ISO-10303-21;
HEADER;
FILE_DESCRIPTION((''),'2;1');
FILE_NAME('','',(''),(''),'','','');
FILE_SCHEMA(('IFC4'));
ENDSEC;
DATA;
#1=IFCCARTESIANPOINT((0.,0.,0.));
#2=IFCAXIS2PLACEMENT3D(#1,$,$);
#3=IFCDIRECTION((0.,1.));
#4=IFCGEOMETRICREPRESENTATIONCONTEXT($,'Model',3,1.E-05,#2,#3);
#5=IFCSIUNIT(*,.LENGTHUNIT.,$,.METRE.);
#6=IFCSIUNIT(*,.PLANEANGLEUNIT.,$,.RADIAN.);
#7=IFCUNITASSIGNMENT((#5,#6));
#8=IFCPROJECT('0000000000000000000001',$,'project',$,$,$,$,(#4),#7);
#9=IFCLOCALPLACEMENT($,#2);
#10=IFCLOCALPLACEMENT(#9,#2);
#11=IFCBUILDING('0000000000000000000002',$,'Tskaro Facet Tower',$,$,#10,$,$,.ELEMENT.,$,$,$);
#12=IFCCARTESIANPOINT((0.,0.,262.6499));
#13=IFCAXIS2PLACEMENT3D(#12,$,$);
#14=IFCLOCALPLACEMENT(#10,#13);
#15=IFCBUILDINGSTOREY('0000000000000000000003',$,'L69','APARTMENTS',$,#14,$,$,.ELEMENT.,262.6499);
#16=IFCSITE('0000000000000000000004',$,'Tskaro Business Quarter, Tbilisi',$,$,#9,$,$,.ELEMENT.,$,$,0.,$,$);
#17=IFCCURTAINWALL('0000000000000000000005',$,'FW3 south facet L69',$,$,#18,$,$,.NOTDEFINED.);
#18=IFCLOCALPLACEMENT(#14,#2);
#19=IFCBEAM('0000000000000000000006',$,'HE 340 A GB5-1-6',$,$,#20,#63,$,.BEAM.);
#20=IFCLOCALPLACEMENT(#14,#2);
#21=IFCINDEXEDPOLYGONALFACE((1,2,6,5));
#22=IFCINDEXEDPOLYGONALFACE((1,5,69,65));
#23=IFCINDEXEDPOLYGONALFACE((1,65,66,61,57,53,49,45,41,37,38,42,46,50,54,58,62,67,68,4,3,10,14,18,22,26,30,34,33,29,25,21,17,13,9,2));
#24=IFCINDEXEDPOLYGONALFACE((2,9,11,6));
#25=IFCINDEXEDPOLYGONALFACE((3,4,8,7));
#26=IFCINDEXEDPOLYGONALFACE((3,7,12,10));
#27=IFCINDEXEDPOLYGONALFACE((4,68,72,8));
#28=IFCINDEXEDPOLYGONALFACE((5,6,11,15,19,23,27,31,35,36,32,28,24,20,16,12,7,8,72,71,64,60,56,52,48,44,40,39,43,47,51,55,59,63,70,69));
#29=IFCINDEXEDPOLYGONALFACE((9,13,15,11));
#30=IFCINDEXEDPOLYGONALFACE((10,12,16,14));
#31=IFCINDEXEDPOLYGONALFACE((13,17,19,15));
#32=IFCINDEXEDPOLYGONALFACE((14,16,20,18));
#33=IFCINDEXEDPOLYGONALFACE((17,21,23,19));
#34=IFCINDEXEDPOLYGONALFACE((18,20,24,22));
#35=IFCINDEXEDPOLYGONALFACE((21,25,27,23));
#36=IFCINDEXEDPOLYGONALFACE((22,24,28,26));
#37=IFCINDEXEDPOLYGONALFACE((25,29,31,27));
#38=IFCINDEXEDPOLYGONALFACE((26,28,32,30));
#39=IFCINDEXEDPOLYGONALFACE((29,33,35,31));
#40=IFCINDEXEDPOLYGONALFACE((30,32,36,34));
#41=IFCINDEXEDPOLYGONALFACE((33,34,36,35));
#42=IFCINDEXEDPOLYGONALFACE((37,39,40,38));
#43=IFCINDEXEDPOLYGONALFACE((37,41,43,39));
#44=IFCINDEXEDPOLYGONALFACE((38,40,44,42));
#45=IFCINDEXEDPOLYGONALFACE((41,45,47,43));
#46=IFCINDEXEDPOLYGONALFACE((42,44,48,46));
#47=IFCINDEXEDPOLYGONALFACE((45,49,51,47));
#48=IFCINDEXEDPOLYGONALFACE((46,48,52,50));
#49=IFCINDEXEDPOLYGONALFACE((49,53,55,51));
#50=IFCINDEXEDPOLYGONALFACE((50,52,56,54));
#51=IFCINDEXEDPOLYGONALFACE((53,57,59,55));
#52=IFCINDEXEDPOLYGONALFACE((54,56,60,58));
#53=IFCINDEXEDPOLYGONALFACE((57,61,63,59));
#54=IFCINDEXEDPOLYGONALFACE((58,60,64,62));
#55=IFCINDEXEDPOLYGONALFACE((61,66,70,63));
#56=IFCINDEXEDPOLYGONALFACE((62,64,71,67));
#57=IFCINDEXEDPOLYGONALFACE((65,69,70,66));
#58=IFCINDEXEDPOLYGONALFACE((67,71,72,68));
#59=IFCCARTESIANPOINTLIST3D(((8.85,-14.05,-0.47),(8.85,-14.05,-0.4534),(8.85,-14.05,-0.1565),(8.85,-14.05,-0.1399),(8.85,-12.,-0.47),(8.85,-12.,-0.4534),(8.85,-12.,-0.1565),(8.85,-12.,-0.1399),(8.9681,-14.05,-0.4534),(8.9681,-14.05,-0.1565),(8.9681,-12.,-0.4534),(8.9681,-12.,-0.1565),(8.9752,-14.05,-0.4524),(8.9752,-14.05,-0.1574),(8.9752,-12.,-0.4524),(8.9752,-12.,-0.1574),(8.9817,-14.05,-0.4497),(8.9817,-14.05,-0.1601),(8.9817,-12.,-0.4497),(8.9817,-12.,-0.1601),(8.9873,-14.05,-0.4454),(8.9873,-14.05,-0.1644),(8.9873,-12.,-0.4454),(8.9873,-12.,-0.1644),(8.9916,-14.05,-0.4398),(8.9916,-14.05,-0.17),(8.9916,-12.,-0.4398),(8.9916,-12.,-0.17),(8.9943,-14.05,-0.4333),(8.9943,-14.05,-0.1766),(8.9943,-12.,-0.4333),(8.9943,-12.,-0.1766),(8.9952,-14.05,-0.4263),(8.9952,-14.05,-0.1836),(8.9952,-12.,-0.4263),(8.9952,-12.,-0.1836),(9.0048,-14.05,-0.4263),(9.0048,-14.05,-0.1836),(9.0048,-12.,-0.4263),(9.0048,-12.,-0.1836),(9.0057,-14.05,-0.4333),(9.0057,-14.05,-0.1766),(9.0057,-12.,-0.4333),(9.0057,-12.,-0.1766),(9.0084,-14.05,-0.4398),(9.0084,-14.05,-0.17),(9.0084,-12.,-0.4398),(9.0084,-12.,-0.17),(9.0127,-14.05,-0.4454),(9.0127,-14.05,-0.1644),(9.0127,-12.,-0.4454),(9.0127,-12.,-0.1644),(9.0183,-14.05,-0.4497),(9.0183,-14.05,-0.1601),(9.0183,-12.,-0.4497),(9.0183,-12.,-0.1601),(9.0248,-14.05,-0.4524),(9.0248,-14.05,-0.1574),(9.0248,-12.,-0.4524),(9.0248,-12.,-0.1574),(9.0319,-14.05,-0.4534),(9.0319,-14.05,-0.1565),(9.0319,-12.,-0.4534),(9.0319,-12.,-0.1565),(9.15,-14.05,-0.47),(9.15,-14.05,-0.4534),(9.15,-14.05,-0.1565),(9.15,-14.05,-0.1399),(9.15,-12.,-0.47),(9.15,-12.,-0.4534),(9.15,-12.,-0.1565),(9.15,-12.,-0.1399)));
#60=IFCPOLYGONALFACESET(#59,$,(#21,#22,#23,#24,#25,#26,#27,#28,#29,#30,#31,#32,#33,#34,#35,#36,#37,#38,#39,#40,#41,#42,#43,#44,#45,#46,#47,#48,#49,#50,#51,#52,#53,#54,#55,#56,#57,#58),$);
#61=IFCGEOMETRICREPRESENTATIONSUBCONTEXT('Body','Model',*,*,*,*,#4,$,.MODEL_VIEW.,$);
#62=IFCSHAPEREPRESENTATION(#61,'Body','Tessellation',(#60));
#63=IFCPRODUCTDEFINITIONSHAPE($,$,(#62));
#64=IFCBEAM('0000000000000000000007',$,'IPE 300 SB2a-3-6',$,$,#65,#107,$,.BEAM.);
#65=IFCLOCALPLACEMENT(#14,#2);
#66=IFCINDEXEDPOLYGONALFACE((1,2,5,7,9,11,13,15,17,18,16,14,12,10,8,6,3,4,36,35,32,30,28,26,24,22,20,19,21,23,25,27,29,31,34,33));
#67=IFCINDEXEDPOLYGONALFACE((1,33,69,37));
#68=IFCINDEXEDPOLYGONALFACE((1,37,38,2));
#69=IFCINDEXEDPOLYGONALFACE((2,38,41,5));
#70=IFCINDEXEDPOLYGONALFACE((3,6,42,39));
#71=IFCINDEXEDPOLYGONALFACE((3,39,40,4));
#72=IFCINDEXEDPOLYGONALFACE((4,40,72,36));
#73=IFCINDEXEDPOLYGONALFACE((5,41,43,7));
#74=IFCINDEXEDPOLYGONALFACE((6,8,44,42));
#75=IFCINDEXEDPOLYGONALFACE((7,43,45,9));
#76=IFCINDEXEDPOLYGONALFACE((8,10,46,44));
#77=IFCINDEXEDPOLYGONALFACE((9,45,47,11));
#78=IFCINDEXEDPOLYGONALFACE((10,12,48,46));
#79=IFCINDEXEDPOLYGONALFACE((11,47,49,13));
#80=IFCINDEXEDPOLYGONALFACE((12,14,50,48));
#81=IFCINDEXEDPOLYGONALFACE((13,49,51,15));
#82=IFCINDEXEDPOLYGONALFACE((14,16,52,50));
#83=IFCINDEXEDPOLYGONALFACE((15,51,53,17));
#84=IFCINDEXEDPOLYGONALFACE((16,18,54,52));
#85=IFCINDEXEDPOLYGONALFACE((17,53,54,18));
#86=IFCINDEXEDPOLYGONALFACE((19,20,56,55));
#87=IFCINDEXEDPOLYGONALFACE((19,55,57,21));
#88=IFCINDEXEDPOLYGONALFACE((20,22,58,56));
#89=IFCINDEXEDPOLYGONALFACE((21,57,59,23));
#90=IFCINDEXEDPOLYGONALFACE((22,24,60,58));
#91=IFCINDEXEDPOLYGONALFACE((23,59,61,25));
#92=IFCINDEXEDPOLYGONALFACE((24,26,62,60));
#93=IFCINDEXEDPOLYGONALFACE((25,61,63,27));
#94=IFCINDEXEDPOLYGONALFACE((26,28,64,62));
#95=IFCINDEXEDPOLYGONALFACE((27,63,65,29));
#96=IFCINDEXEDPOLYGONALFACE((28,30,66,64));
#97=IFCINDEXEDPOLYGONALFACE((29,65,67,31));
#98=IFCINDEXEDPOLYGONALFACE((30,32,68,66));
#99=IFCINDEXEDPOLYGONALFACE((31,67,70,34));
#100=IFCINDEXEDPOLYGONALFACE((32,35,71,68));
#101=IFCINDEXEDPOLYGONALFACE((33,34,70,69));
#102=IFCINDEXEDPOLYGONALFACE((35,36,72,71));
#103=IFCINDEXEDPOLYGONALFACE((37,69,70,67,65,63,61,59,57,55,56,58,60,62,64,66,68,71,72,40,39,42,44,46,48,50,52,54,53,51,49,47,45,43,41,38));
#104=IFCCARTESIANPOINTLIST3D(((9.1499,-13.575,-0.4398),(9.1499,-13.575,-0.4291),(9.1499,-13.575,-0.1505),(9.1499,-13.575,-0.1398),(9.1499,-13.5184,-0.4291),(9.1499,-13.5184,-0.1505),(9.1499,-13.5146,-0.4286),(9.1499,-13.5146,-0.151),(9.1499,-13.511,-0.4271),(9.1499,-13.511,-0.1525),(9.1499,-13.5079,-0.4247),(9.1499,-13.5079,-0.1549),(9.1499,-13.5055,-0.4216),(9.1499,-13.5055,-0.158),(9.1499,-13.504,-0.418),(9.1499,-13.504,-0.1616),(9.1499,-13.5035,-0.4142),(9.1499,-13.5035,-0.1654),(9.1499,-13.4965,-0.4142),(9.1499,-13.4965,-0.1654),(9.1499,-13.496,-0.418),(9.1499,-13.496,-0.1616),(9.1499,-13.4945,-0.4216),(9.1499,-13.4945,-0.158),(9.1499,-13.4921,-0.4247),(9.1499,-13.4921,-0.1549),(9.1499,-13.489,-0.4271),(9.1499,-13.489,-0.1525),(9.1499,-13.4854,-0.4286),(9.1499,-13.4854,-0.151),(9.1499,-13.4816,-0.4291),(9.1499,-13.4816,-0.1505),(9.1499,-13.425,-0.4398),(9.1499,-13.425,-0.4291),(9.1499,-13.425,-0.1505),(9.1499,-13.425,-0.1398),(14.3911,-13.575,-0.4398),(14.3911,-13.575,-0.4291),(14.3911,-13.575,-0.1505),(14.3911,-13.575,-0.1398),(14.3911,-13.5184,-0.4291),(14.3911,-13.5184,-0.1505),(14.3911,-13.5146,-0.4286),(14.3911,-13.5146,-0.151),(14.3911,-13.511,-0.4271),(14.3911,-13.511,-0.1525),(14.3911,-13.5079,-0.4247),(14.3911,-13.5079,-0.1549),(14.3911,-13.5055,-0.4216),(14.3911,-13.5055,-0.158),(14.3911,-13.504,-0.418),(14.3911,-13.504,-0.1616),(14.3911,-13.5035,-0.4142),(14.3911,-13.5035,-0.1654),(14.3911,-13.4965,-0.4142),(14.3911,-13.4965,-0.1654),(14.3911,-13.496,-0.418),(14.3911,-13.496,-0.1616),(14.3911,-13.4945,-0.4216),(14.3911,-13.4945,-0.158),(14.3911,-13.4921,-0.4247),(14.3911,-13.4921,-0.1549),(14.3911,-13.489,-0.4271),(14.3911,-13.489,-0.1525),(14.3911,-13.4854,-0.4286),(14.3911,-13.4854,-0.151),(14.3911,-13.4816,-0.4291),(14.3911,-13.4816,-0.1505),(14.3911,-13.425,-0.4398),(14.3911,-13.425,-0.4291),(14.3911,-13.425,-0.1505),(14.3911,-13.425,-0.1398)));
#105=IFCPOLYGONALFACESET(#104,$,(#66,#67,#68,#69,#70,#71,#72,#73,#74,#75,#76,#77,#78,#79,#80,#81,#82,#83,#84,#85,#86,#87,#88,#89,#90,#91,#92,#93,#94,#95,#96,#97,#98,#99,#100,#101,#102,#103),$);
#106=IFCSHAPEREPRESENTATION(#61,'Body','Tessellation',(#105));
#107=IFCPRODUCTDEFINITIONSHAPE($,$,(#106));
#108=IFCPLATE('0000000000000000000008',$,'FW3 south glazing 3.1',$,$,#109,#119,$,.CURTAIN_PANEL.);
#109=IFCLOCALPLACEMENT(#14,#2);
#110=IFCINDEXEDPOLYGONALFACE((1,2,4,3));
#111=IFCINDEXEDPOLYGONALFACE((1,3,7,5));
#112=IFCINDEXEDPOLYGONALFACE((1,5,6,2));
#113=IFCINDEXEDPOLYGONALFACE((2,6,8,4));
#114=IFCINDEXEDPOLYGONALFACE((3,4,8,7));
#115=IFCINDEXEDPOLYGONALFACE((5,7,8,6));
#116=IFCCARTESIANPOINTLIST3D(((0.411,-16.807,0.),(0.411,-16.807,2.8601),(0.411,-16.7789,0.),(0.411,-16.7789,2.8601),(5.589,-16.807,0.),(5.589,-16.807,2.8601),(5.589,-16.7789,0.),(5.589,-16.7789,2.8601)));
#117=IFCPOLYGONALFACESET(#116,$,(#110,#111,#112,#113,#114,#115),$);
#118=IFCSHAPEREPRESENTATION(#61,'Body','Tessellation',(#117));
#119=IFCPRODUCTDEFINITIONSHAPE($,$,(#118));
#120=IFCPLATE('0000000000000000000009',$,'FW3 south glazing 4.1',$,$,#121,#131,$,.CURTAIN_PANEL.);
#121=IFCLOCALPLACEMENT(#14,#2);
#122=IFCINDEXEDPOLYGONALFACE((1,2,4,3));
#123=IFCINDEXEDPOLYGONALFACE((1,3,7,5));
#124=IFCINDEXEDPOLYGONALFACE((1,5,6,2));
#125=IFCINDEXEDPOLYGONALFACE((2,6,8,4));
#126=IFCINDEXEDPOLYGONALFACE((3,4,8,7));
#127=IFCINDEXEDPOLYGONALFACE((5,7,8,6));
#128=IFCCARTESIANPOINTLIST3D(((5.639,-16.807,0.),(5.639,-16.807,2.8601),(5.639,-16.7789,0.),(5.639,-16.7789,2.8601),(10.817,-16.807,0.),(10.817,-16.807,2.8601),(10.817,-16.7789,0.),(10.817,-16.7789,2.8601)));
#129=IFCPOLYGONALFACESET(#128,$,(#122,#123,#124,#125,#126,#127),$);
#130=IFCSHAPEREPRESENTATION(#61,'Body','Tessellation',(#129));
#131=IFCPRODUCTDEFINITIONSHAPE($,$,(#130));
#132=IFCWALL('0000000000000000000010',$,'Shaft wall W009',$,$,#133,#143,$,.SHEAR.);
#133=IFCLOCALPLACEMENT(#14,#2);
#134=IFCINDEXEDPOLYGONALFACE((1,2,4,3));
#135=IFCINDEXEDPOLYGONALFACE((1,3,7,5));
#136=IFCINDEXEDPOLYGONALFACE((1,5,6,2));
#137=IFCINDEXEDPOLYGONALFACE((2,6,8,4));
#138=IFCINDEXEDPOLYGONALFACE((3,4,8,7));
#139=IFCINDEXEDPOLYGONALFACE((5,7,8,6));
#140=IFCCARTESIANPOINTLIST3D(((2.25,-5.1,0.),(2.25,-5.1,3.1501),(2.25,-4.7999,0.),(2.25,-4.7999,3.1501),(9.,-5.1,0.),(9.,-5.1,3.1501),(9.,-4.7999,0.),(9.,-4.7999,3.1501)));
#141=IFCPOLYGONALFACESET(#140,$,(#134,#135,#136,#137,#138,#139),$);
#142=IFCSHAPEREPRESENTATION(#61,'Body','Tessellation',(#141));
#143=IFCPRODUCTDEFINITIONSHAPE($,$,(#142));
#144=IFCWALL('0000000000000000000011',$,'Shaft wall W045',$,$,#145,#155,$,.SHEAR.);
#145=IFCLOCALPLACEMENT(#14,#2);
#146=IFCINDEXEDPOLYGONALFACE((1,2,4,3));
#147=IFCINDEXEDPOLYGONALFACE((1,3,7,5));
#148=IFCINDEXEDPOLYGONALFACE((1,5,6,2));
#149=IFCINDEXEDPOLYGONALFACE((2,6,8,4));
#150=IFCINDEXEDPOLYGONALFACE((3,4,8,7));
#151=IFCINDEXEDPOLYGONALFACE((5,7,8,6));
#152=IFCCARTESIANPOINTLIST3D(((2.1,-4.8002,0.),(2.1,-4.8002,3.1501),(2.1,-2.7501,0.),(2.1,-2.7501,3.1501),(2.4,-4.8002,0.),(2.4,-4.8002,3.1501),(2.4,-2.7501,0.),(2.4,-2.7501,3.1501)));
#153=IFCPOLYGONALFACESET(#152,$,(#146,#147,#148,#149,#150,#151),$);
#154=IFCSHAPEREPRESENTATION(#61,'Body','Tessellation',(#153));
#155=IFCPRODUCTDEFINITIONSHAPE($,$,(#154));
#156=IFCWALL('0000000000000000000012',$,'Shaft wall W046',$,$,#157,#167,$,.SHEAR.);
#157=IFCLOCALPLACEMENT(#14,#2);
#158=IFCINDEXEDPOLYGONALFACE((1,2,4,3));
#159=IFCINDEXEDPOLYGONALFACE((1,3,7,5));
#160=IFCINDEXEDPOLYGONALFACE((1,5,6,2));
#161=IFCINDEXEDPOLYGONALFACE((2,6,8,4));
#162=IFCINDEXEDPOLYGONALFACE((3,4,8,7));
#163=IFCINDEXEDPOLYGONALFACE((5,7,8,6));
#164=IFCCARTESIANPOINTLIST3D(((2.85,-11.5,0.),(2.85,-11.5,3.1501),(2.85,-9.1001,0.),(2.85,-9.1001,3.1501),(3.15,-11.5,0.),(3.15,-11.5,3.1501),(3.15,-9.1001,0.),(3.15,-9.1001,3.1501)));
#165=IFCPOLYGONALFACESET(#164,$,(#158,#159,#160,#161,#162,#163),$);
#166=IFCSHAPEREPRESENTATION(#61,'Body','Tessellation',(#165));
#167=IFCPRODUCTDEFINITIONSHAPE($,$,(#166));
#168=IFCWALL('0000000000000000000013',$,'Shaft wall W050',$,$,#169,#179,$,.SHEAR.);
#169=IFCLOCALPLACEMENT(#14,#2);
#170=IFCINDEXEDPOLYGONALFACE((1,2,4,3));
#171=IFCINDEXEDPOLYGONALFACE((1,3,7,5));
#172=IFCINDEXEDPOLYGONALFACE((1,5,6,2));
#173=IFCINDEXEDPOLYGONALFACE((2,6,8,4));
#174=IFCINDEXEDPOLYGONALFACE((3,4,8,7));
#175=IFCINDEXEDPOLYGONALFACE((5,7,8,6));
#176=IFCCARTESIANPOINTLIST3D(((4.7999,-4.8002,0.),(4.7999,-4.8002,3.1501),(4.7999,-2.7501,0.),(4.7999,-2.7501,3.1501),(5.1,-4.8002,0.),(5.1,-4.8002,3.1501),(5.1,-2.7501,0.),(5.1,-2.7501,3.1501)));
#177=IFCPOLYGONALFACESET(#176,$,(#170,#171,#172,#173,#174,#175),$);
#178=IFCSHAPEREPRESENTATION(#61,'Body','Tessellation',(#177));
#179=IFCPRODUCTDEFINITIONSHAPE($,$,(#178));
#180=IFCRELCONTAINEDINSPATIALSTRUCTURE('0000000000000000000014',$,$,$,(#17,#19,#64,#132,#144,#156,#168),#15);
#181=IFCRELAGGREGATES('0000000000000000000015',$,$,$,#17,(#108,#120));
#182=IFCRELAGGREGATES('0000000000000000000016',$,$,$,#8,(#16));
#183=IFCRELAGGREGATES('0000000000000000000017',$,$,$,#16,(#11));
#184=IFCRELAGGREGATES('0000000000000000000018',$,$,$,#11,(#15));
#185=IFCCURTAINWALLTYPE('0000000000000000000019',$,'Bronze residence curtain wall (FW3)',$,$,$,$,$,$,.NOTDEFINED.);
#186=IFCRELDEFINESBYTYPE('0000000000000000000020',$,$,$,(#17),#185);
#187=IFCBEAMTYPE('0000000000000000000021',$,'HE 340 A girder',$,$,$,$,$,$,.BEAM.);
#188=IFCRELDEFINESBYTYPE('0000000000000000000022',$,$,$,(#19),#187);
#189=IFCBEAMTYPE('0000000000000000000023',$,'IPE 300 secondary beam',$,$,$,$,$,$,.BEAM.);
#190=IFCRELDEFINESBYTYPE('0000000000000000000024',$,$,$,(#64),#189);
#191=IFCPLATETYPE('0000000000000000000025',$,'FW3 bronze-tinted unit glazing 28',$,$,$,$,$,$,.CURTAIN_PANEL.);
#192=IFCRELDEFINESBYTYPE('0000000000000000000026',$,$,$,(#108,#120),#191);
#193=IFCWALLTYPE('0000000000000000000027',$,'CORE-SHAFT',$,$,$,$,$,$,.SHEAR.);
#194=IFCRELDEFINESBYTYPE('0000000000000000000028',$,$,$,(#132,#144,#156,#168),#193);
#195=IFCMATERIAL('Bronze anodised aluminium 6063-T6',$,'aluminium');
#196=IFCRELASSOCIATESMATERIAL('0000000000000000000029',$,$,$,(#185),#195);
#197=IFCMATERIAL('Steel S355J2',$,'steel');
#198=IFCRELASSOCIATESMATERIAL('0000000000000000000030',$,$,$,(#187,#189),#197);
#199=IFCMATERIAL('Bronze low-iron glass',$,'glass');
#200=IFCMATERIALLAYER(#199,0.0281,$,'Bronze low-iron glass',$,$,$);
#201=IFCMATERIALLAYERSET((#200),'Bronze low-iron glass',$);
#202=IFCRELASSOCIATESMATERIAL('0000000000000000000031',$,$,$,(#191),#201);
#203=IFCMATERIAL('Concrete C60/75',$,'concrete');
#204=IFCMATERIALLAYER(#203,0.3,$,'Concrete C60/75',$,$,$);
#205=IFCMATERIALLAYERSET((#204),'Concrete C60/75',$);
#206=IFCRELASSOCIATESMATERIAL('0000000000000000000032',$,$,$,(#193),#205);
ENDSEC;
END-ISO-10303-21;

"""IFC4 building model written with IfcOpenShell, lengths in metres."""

from ifc_helpers import new_model, si_unit, direction, frame, frame_2d, origin, origin_2d, place, context, subcontext, project, spatial, rectangle, i_section, extrude, material, layer, layer_set, material_profile, profile_set, type_object, element, aggregate, save


model = new_model("IFC4")

# Units and contexts
model_context = context("Model", 3, precision=1e-05, world=origin(), true_north=direction((0.0, 1.0)))
body_context = subcontext(model_context, "Body", "Model", "MODEL_VIEW")
ifc_project = project(units=[si_unit("LENGTHUNIT", "METRE"), si_unit("PLANEANGLEUNIT", "RADIAN")], contexts=[model_context])

# Site, building, storey
site_placement = place(None, origin())
site = spatial("IfcSite", under=ifc_project, at=site_placement, Name="Tskaro Business Quarter, Tbilisi", CompositionType="ELEMENT", RefElevation=0.0)
building_placement = place(site_placement, origin())
building = spatial("IfcBuilding", under=site, at=building_placement, Name="Tskaro Facet Tower", CompositionType="ELEMENT")
storey_placement = place(building_placement, frame((0.0, 0.0, 262.6499)))
storey = spatial("IfcBuildingStorey", under=building, at=storey_placement, Name="L69", Description="APARTMENTS", CompositionType="ELEMENT", Elevation=262.6499)

# Shared definitions
ifc_material_1 = material(Name="Steel S355J2", Category="steel")

# Curtain wall
ifc_material_2 = material(Name="Bronze anodised aluminium 6063-T6", Category="aluminium")
curtain_wall_type = type_object("IfcCurtainWallType", Name="Bronze residence curtain wall (FW3)", PredefinedType="NOTDEFINED", material=ifc_material_2)
curtain_wall_placement = place(storey_placement, origin())
curtain_wall = element("IfcCurtainWall", 1, at=curtain_wall_placement, inside=storey, type_object=curtain_wall_type, Name="FW3 south facet L69", PredefinedType="NOTDEFINED")

# Beams
ifc_material_profile_1 = material_profile(ifc_material_1, i_section(OverallWidth=0.3, OverallDepth=0.3301, WebThickness=0.0095, FlangeThickness=0.0166, FilletRadius=0.0271, at=origin_2d()), Name="HE 340 A")
ifc_profile_set_1 = profile_set([ifc_material_profile_1], Name="Steel S355J2")
beam_type_1 = type_object("IfcBeamType", Name="HE 340 A girder", PredefinedType="BEAM", material=ifc_profile_set_1)
beam_1_placement = place(storey_placement, frame((9.0, -14.05, -0.3049), z_axis=(0.0, 1.0, 0.0), x_axis=(-1.0, 0.0, 0.0)))
element("IfcBeam", 2, at=beam_1_placement, inside=storey, type_object=beam_type_1, Name="HE 340 A GB5-1-6", PredefinedType="BEAM", context=body_context, shape_type="SweptSolid", body=[
    extrude(i_section(OverallWidth=0.3, OverallDepth=0.3301, WebThickness=0.0095, FlangeThickness=0.0166, FilletRadius=0.0271, at=origin_2d()), origin(), (0.0, 0.0, 1.0), 2.05),
])
ifc_material_profile_2 = material_profile(ifc_material_1, i_section(OverallWidth=0.1499, OverallDepth=0.3, WebThickness=0.0071, FlangeThickness=0.0107, FilletRadius=0.0149, at=origin_2d()), Name="IPE 300")
ifc_profile_set_2 = profile_set([ifc_material_profile_2], Name="Steel S355J2")
beam_type_2 = type_object("IfcBeamType", Name="IPE 300 secondary beam", PredefinedType="BEAM", material=ifc_profile_set_2)
beam_2_placement = place(storey_placement, frame((9.1499, -13.5, -0.2898), z_axis=(1.0, 0.0, 0.0), x_axis=(0.0, 1.0, 0.0)))
element("IfcBeam", 3, at=beam_2_placement, inside=storey, type_object=beam_type_2, Name="IPE 300 SB2a-3-6", PredefinedType="BEAM", context=body_context, shape_type="SweptSolid", body=[
    extrude(i_section(OverallWidth=0.1499, OverallDepth=0.3, WebThickness=0.0071, FlangeThickness=0.0107, FilletRadius=0.0149, at=origin_2d()), origin(), (0.0, 0.0, 1.0), 5.2412),
])

# Plates
ifc_material_3 = material(Name="Bronze low-iron glass", Category="glass")
ifc_layer_1 = layer(ifc_material_3, 0.0281, Name="Bronze low-iron glass")
ifc_layer_set_1 = layer_set([ifc_layer_1], Name="Bronze low-iron glass")
plate_type = type_object("IfcPlateType", Name="FW3 bronze-tinted unit glazing 28", PredefinedType="CURTAIN_PANEL", material=ifc_layer_set_1)
plate_1_placement = place(storey_placement, frame((3.0, -16.793, 0.0), z_axis=(0.0, 0.0, 1.0), x_axis=(1.0, 0.0, 0.0)))
plate_1 = element("IfcPlate", 4, at=plate_1_placement, type_object=plate_type, Name="FW3 south glazing 3.1", PredefinedType="CURTAIN_PANEL", context=body_context, shape_type="SweptSolid", body=[
    extrude(rectangle(XDim=5.178, YDim=0.0281, at=origin_2d()), origin(), (0.0, 0.0, 1.0), 2.8601),
])
plate_2_placement = place(storey_placement, frame((8.228, -16.793, 0.0), z_axis=(0.0, 0.0, 1.0), x_axis=(1.0, 0.0, 0.0)))
plate_2 = element("IfcPlate", 5, at=plate_2_placement, type_object=plate_type, Name="FW3 south glazing 4.1", PredefinedType="CURTAIN_PANEL", context=body_context, shape_type="SweptSolid", body=[
    extrude(rectangle(XDim=5.178, YDim=0.0281, at=origin_2d()), origin(), (0.0, 0.0, 1.0), 2.8601),
])
aggregate(curtain_wall, [plate_1, plate_2])

# Walls
ifc_material_4 = material(Name="Concrete C60/75", Category="concrete")
ifc_layer_2 = layer(ifc_material_4, 0.3, Name="Concrete C60/75")
ifc_layer_set_2 = layer_set([ifc_layer_2], Name="Concrete C60/75")
wall_type_1 = type_object("IfcWallType", Name="CORE-SHAFT", PredefinedType="SHEAR", material=ifc_layer_set_2)
wall_1_placement = place(storey_placement, frame((2.25, -4.95, 0.0), z_axis=(0.0, 0.0, 1.0), x_axis=(1.0, 0.0, 0.0)))
element("IfcWall", 6, at=wall_1_placement, inside=storey, type_object=wall_type_1, Name="Shaft wall W009", PredefinedType="SHEAR", context=body_context, shape_type="SweptSolid", body=[
    extrude(rectangle(XDim=6.75, YDim=0.3, at=frame_2d((3.375, 0.0))), origin(), (0.0, 0.0, 1.0), 3.1501),
])
wall_2_placement = place(storey_placement, frame((2.25, -4.8, 0.0), z_axis=(0.0, 0.0, 1.0), x_axis=(0.0, 1.0, 0.0)))
element("IfcWall", 7, at=wall_2_placement, inside=storey, type_object=wall_type_1, Name="Shaft wall W045", PredefinedType="SHEAR", context=body_context, shape_type="SweptSolid", body=[
    extrude(rectangle(XDim=2.05, YDim=0.3, at=frame_2d((1.0249, 0.0))), origin(), (0.0, 0.0, 1.0), 3.1501),
])
wall_3_placement = place(storey_placement, frame((3.0, -11.5, 0.0), z_axis=(0.0, 0.0, 1.0), x_axis=(0.0, 1.0, 0.0)))
element("IfcWall", 8, at=wall_3_placement, inside=storey, type_object=wall_type_1, Name="Shaft wall W046", PredefinedType="SHEAR", context=body_context, shape_type="SweptSolid", body=[
    extrude(rectangle(XDim=2.3999, YDim=0.3, at=frame_2d((1.2, 0.0))), origin(), (0.0, 0.0, 1.0), 3.1501),
])
wall_4_placement = place(storey_placement, frame((4.95, -4.8, 0.0), z_axis=(0.0, 0.0, 1.0), x_axis=(0.0, 1.0, 0.0)))
element("IfcWall", 9, at=wall_4_placement, inside=storey, type_object=wall_type_1, Name="Shaft wall W050", PredefinedType="SHEAR", context=body_context, shape_type="SweptSolid", body=[
    extrude(rectangle(XDim=2.05, YDim=0.3, at=frame_2d((1.0249, 0.0))), origin(), (0.0, 0.0, 1.0), 3.1501),
])

save(model, "model.ifc")
